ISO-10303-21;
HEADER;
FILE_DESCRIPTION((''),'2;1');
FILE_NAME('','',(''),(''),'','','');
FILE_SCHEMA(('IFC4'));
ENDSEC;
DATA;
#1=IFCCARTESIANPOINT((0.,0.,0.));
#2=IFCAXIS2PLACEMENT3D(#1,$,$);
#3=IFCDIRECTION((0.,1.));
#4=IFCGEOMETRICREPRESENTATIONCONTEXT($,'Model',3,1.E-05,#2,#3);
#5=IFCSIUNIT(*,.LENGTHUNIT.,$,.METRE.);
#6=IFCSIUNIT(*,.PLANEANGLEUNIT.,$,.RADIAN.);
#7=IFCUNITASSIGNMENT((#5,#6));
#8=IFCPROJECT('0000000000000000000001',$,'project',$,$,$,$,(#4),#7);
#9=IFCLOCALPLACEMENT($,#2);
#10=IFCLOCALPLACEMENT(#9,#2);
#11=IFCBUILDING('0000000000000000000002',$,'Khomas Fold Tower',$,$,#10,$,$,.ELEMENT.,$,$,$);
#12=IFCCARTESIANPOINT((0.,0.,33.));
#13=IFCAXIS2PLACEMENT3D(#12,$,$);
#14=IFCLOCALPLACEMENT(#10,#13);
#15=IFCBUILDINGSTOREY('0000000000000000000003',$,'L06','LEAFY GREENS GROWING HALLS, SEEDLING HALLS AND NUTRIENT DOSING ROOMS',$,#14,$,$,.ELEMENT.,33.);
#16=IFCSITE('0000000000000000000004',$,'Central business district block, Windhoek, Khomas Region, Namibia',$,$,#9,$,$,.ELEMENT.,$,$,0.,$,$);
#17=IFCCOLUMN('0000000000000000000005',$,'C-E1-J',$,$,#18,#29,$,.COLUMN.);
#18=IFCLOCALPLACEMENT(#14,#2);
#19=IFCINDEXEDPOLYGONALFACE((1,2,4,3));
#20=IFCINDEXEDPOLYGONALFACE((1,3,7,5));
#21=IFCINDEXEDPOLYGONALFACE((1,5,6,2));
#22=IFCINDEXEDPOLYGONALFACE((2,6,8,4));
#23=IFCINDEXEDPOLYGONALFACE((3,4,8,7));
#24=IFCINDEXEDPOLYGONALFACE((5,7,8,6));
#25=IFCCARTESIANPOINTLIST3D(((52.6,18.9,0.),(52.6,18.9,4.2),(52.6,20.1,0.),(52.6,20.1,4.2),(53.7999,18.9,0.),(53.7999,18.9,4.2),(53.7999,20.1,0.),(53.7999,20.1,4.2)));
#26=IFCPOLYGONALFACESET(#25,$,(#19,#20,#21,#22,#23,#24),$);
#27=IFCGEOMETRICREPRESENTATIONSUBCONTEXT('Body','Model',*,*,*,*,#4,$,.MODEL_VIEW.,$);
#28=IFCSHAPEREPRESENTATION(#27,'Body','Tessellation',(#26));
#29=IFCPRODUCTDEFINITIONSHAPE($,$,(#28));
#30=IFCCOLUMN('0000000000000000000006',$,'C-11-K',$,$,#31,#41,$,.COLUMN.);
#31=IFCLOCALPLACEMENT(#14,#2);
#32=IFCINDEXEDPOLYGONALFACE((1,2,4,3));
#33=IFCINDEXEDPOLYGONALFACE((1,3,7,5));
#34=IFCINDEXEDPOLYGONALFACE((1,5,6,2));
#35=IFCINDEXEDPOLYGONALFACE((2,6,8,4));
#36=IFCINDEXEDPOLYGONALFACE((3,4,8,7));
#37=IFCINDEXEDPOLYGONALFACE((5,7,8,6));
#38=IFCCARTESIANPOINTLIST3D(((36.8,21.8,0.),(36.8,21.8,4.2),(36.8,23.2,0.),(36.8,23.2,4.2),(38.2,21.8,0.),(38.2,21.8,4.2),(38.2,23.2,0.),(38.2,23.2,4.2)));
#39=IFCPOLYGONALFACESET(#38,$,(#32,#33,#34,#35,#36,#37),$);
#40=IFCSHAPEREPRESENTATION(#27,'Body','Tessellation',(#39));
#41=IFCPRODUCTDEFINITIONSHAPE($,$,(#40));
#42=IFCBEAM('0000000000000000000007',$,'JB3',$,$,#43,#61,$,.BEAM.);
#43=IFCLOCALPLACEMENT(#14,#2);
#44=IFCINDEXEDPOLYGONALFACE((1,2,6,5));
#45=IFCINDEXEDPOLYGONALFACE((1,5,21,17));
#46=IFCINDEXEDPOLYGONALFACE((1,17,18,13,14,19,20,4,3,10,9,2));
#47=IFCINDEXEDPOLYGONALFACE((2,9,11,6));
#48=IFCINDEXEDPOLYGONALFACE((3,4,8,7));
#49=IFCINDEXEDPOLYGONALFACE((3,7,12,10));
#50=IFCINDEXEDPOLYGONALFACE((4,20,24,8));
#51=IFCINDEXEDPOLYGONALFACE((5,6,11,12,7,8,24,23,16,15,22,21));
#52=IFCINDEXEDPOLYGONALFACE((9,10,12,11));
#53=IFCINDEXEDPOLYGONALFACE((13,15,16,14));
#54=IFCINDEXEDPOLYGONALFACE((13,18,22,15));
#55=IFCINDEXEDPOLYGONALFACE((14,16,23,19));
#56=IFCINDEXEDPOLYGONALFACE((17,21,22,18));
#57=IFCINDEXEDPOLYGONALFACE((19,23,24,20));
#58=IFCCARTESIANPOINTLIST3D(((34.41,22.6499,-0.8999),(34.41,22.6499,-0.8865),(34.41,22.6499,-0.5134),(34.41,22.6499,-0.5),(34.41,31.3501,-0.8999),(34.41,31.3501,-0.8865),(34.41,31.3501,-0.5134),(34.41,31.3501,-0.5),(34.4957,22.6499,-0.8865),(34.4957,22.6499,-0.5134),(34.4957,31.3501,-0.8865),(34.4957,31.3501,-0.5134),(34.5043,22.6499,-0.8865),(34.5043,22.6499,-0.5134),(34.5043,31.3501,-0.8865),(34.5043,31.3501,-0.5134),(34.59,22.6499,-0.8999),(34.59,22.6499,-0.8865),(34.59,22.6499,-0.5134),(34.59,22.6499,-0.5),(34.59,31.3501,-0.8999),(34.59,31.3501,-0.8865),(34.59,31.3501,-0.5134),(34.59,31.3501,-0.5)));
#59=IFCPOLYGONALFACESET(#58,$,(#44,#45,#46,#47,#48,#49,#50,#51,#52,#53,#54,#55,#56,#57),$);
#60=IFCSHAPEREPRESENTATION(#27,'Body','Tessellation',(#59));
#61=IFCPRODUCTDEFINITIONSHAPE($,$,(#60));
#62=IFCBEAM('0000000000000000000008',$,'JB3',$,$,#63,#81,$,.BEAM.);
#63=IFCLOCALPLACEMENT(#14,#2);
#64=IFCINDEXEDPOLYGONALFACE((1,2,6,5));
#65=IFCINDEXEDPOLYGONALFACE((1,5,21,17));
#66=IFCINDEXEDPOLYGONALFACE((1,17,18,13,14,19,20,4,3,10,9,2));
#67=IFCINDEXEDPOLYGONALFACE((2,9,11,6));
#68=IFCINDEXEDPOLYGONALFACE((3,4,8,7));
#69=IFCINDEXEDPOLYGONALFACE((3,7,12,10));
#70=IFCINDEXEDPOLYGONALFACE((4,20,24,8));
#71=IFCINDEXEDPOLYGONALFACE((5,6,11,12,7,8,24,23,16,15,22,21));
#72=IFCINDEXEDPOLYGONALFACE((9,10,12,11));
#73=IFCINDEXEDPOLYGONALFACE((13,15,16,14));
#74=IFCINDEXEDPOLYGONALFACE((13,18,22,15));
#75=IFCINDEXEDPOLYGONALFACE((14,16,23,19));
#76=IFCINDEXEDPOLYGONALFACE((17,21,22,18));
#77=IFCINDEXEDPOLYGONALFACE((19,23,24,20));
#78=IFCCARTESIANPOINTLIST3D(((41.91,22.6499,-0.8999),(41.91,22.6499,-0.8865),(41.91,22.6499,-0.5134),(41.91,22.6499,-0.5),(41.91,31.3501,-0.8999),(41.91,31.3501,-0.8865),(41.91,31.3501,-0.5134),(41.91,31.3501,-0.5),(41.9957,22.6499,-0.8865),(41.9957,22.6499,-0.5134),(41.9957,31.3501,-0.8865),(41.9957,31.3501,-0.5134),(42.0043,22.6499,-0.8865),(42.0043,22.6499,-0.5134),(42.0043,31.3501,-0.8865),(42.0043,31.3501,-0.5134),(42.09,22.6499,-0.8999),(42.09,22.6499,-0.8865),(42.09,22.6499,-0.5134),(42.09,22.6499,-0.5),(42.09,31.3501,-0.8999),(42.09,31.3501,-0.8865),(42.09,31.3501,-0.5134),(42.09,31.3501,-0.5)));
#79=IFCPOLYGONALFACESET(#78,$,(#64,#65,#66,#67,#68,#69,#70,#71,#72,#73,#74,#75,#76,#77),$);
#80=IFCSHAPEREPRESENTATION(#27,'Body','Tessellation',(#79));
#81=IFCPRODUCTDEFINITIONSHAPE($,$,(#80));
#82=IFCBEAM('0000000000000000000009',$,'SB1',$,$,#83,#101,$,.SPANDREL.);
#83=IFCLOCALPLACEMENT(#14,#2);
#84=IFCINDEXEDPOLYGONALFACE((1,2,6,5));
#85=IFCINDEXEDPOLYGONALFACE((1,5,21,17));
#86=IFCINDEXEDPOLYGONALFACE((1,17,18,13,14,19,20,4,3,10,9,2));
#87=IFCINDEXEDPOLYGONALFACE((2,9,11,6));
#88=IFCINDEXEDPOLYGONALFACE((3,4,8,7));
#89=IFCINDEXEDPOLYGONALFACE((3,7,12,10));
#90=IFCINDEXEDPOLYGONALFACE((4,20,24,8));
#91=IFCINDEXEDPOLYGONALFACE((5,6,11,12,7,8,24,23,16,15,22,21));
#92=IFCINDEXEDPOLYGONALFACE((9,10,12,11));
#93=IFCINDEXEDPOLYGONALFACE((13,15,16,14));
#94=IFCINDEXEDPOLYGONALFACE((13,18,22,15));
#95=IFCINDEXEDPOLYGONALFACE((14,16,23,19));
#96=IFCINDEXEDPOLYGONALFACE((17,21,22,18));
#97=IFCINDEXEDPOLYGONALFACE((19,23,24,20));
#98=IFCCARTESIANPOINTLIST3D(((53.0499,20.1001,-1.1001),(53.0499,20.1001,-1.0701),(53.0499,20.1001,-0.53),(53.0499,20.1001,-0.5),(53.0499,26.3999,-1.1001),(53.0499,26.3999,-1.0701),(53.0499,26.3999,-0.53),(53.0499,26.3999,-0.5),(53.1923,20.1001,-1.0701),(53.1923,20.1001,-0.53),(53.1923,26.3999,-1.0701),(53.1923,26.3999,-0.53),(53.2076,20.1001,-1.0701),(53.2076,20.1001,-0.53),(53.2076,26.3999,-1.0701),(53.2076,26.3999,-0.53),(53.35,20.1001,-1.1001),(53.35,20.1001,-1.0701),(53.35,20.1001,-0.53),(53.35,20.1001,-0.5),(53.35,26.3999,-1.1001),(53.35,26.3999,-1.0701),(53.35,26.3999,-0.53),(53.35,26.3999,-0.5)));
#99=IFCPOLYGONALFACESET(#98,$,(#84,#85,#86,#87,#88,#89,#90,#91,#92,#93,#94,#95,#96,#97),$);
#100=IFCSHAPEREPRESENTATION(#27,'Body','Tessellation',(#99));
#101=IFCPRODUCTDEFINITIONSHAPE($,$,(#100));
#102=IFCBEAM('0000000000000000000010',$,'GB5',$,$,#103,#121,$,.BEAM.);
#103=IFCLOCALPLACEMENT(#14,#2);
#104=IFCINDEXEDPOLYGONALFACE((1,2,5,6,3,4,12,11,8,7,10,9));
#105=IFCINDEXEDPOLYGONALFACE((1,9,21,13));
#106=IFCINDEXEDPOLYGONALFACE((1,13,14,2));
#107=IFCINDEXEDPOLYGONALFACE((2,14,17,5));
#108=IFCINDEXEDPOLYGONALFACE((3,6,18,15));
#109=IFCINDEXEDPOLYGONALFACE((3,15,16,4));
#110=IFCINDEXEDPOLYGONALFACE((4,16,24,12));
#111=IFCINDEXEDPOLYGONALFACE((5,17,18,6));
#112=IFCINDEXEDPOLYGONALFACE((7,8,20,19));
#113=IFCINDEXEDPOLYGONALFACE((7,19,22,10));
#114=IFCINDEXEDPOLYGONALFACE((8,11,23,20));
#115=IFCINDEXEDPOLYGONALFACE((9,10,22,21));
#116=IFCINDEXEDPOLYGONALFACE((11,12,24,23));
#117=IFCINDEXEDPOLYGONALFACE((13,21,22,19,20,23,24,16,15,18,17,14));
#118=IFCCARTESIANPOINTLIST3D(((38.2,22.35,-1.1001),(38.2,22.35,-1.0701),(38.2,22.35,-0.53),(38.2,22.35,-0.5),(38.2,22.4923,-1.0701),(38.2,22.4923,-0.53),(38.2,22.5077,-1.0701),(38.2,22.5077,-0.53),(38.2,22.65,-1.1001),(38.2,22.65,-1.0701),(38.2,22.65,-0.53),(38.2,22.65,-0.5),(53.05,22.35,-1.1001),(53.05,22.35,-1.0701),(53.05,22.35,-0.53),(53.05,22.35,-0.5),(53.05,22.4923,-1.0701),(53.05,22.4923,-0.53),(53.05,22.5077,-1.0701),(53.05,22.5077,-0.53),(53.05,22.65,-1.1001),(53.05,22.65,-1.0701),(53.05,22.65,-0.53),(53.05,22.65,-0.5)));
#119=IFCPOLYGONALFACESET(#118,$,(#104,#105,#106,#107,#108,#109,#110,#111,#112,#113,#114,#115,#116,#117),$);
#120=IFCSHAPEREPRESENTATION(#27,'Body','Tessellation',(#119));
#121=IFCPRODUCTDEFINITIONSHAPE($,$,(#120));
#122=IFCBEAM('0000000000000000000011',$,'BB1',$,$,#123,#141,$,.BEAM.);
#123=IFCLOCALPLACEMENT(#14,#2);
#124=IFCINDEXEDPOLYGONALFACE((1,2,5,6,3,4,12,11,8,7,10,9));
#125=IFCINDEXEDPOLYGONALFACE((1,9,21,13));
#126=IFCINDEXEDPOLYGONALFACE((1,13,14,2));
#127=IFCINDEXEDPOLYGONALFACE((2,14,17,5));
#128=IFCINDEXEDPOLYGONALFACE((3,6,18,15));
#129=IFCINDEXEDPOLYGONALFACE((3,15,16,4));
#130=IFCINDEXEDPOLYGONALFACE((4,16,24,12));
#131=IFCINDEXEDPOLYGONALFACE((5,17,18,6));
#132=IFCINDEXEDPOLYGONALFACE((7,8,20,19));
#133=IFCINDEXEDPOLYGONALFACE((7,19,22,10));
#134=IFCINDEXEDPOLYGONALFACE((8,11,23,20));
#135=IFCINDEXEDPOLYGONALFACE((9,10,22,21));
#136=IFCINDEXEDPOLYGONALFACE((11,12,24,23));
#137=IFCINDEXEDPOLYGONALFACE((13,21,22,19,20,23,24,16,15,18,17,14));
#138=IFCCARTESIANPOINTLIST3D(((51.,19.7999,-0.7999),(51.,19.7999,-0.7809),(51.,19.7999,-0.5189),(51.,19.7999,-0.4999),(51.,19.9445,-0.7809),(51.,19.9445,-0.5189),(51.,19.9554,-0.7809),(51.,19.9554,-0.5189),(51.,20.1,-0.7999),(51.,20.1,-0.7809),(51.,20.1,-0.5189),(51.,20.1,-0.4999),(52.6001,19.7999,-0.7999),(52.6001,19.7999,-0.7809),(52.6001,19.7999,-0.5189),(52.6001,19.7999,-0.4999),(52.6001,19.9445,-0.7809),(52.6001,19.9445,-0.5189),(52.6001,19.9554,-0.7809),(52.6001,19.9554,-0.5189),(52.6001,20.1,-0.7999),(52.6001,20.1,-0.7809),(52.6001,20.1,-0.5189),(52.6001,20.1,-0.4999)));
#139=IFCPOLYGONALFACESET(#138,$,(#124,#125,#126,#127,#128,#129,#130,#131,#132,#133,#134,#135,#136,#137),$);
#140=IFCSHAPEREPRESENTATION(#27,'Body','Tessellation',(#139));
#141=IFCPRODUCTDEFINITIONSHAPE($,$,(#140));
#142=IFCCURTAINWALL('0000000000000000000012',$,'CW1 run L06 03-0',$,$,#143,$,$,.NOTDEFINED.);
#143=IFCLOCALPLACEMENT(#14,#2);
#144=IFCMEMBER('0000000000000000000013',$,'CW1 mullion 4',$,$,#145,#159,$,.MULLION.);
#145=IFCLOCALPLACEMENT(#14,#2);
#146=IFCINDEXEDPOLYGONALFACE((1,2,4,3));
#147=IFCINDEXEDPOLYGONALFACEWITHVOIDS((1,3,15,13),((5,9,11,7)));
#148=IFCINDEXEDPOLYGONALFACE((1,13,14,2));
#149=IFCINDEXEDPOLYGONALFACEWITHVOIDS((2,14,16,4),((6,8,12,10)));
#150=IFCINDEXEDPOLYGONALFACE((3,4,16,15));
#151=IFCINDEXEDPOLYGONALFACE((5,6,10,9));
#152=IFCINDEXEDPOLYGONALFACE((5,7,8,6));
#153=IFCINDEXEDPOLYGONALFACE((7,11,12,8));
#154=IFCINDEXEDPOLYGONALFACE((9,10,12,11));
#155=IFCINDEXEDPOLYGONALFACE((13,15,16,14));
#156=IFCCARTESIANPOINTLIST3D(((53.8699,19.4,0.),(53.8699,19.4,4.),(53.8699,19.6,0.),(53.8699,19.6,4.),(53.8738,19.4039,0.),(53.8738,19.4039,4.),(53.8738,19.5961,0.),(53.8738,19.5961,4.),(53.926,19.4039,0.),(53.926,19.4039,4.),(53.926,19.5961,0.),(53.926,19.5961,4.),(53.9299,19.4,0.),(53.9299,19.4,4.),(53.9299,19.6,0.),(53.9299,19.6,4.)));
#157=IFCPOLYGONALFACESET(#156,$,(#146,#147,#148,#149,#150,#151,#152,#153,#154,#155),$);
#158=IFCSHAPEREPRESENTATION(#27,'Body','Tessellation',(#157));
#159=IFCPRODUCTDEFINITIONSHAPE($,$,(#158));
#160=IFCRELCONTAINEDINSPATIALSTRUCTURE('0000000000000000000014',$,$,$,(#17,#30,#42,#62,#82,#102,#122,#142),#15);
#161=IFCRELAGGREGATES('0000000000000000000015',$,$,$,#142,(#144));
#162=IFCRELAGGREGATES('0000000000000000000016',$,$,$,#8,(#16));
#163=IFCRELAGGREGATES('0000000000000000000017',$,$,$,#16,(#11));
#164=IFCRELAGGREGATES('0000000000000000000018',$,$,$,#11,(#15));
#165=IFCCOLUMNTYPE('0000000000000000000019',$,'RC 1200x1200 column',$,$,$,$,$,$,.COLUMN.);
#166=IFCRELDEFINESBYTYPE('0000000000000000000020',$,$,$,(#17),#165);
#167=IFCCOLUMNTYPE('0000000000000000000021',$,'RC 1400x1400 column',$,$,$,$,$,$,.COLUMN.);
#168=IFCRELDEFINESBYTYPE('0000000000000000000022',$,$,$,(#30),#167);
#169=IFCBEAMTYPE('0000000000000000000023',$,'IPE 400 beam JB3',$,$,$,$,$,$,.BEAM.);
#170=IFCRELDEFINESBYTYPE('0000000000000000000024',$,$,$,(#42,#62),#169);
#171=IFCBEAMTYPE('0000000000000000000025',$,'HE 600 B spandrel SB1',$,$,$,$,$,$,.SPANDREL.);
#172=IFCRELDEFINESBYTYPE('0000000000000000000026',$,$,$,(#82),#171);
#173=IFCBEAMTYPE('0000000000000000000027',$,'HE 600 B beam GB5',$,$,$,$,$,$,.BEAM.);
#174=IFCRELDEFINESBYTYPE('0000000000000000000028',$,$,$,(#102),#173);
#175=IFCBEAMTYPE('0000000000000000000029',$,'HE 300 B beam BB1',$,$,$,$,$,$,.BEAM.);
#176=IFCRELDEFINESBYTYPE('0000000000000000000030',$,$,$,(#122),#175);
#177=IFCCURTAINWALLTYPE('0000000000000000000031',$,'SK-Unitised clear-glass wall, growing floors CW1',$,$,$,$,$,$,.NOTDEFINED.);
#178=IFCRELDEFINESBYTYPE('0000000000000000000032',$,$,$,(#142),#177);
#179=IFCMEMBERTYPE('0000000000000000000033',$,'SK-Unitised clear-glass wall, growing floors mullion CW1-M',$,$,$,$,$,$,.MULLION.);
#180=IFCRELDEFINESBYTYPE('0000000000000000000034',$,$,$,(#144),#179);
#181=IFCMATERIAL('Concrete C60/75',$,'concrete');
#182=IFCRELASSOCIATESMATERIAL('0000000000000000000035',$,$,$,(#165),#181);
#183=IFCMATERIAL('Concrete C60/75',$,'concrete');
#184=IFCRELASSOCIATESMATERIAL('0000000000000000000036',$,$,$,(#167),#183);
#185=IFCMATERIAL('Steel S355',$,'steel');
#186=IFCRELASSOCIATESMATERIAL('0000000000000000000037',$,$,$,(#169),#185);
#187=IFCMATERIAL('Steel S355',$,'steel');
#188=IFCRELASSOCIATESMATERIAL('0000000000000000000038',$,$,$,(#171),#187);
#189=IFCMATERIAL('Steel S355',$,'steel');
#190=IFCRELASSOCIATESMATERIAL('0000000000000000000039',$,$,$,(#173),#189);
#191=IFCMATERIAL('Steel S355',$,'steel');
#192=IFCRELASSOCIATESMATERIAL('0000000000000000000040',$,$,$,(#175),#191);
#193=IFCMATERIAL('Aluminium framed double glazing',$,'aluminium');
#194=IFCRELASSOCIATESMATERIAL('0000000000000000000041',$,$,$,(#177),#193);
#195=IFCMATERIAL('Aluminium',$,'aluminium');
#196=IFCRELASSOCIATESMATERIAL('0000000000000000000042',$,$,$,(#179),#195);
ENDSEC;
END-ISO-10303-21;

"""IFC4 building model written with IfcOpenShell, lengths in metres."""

from ifc_helpers import new_model, si_unit, direction, frame, origin, origin_2d, place, context, subcontext, project, spatial, rectangle, hollow_rectangle, i_section, extrude, source, transform, mapped, material, material_profile, profile_set, type_object, element, aggregate, save


model = new_model("IFC4")

# Units and contexts
model_context = context("Model", 3, precision=1e-05, world=origin(), true_north=direction((0.0, 1.0)))
body_context = subcontext(model_context, "Body", "Model", "MODEL_VIEW")
ifc_project = project(units=[si_unit("LENGTHUNIT", "METRE"), si_unit("PLANEANGLEUNIT", "RADIAN")], contexts=[model_context])

# Site, building, storey
site_placement = place(None, origin())
site = spatial("IfcSite", under=ifc_project, at=site_placement, Name="Central business district block, Windhoek, Khomas Region, Namibia", CompositionType="ELEMENT", RefElevation=0.0)
building_placement = place(site_placement, origin())
building = spatial("IfcBuilding", under=site, at=building_placement, Name="Khomas Fold Tower", CompositionType="ELEMENT")
storey_placement = place(building_placement, frame((0.0, 0.0, 33.0)))
storey = spatial("IfcBuildingStorey", under=building, at=storey_placement, Name="L06", Description="LEAFY GREENS GROWING HALLS, SEEDLING HALLS AND NUTRIENT DOSING ROOMS", CompositionType="ELEMENT", Elevation=33.0)

# Columns
ifc_material_1 = material(Name="Concrete C60/75", Category="concrete")
ifc_material_profile_1 = material_profile(ifc_material_1, rectangle(XDim=1.2, YDim=1.2, at=origin_2d()), Name="RC 1200x1200")
ifc_profile_set_1 = profile_set([ifc_material_profile_1], Name="Concrete C60/75")
column_type_1 = type_object("IfcColumnType", Name="RC 1200x1200 column", PredefinedType="COLUMN", material=ifc_profile_set_1)
shared_shape_1 = source(origin(), body_context, "Body", "SweptSolid", [
    extrude(rectangle(XDim=1.2, YDim=1.2, at=origin_2d()), origin(), (0.0, 0.0, 1.0), 4.2),
])
column_1_placement = place(storey_placement, frame((53.2, 19.5, 0.0), z_axis=(0.0, 0.0, 1.0), x_axis=(1.0, 0.0, 0.0)))
element("IfcColumn", 1, at=column_1_placement, inside=storey, type_object=column_type_1, Name="C-E1-J", PredefinedType="COLUMN", context=body_context, shape_type="MappedRepresentation", body=[
    mapped(shared_shape_1, transform((0.0, 0.0, 0.0))),
])
ifc_material_2 = material(Name="Concrete C60/75", Category="concrete")
ifc_material_profile_2 = material_profile(ifc_material_2, rectangle(XDim=1.3999, YDim=1.3999, at=origin_2d()), Name="RC 1400x1400")
ifc_profile_set_2 = profile_set([ifc_material_profile_2], Name="Concrete C60/75")
column_type_2 = type_object("IfcColumnType", Name="RC 1400x1400 column", PredefinedType="COLUMN", material=ifc_profile_set_2)
shared_shape_2 = source(origin(), body_context, "Body", "SweptSolid", [
    extrude(rectangle(XDim=1.3999, YDim=1.3999, at=origin_2d()), origin(), (0.0, 0.0, 1.0), 4.2),
])
column_2_placement = place(storey_placement, frame((37.5, 22.5, 0.0), z_axis=(0.0, 0.0, 1.0), x_axis=(1.0, 0.0, 0.0)))
element("IfcColumn", 2, at=column_2_placement, inside=storey, type_object=column_type_2, Name="C-11-K", PredefinedType="COLUMN", context=body_context, shape_type="MappedRepresentation", body=[
    mapped(shared_shape_2, transform((0.0, 0.0, 0.0))),
])

# Beams
ifc_material_3 = material(Name="Steel S355", Category="steel")
ifc_material_profile_3 = material_profile(ifc_material_3, i_section(OverallWidth=0.1799, OverallDepth=0.3999, WebThickness=0.0085, FlangeThickness=0.0134, at=origin_2d()), Name="IPE 400")
ifc_profile_set_3 = profile_set([ifc_material_profile_3], Name="Steel S355")
beam_type_1 = type_object("IfcBeamType", Name="IPE 400 beam JB3", PredefinedType="BEAM", material=ifc_profile_set_3)
shared_shape_3 = source(origin(), body_context, "Body", "SweptSolid", [
    extrude(i_section(OverallWidth=0.1799, OverallDepth=0.3999, WebThickness=0.0085, FlangeThickness=0.0134, at=origin_2d()), origin(), (0.0, 0.0, 1.0), 8.7002),
])
for number, where, z_axis, x_axis, name in (
    (3, (34.5, 22.6499, -0.7), (0.0, 1.0, 0.0), (-1.0, 0.0, 0.0), "JB3"),
    (4, (42.0, 22.6499, -0.7), (0.0, 1.0, 0.0), (-1.0, 0.0, 0.0), "JB3"),
):
    element("IfcBeam", number, at=place(storey_placement, frame(where, z_axis=z_axis, x_axis=x_axis)), inside=storey, type_object=beam_type_1, Name=name, PredefinedType="BEAM", context=body_context, shape_type="MappedRepresentation", body=[
        mapped(shared_shape_3, transform((0.0, 0.0, 0.0))),
    ])
ifc_material_4 = material(Name="Steel S355", Category="steel")
ifc_material_profile_4 = material_profile(ifc_material_4, i_section(OverallWidth=0.3, OverallDepth=0.6001, WebThickness=0.0154, FlangeThickness=0.03, at=origin_2d()), Name="HE 600 B")
ifc_profile_set_4 = profile_set([ifc_material_profile_4], Name="Steel S355")
beam_type_2 = type_object("IfcBeamType", Name="HE 600 B spandrel SB1", PredefinedType="SPANDREL", material=ifc_profile_set_4)
shared_shape_4 = source(origin(), body_context, "Body", "SweptSolid", [
    extrude(i_section(OverallWidth=0.3, OverallDepth=0.6001, WebThickness=0.0154, FlangeThickness=0.03, at=origin_2d()), origin(), (0.0, 0.0, 1.0), 6.2998),
])
beam_1_placement = place(storey_placement, frame((53.2, 20.1001, -0.8), z_axis=(0.0, 1.0, 0.0), x_axis=(-1.0, 0.0, 0.0)))
element("IfcBeam", 5, at=beam_1_placement, inside=storey, type_object=beam_type_2, Name="SB1", PredefinedType="SPANDREL", context=body_context, shape_type="MappedRepresentation", body=[
    mapped(shared_shape_4, transform((0.0, 0.0, 0.0))),
])
ifc_material_5 = material(Name="Steel S355", Category="steel")
ifc_material_profile_5 = material_profile(ifc_material_5, i_section(OverallWidth=0.3, OverallDepth=0.6001, WebThickness=0.0154, FlangeThickness=0.03, at=origin_2d()), Name="HE 600 B")
ifc_profile_set_5 = profile_set([ifc_material_profile_5], Name="Steel S355")
beam_type_3 = type_object("IfcBeamType", Name="HE 600 B beam GB5", PredefinedType="BEAM", material=ifc_profile_set_5)
shared_shape_5 = source(origin(), body_context, "Body", "SweptSolid", [
    extrude(i_section(OverallWidth=0.3, OverallDepth=0.6001, WebThickness=0.0154, FlangeThickness=0.03, at=origin_2d()), origin(), (0.0, 0.0, 1.0), 14.8501),
])
beam_2_placement = place(storey_placement, frame((38.2, 22.5, -0.8), z_axis=(1.0, 0.0, 0.0), x_axis=(0.0, 1.0, 0.0)))
element("IfcBeam", 6, at=beam_2_placement, inside=storey, type_object=beam_type_3, Name="GB5", PredefinedType="BEAM", context=body_context, shape_type="MappedRepresentation", body=[
    mapped(shared_shape_5, transform((0.0, 0.0, 0.0))),
])
ifc_material_6 = material(Name="Steel S355", Category="steel")
ifc_material_profile_6 = material_profile(ifc_material_6, i_section(OverallWidth=0.3, OverallDepth=0.3, WebThickness=0.011, FlangeThickness=0.019, at=origin_2d()), Name="HE 300 B")
ifc_profile_set_6 = profile_set([ifc_material_profile_6], Name="Steel S355")
beam_type_4 = type_object("IfcBeamType", Name="HE 300 B beam BB1", PredefinedType="BEAM", material=ifc_profile_set_6)
shared_shape_6 = source(origin(), body_context, "Body", "SweptSolid", [
    extrude(i_section(OverallWidth=0.3, OverallDepth=0.3, WebThickness=0.011, FlangeThickness=0.019, at=origin_2d()), origin(), (0.0, 0.0, 1.0), 1.6001),
])
beam_3_placement = place(storey_placement, frame((51.0, 19.95, -0.6499), z_axis=(1.0, 0.0, 0.0), x_axis=(0.0, 1.0, 0.0)))
element("IfcBeam", 7, at=beam_3_placement, inside=storey, type_object=beam_type_4, Name="BB1", PredefinedType="BEAM", context=body_context, shape_type="MappedRepresentation", body=[
    mapped(shared_shape_6, transform((0.0, 0.0, 0.0))),
])

# Curtain wall, member
ifc_material_7 = material(Name="Aluminium framed double glazing", Category="aluminium")
curtain_wall_type = type_object("IfcCurtainWallType", Name="SK-Unitised clear-glass wall, growing floors CW1", PredefinedType="NOTDEFINED", material=ifc_material_7)
curtain_wall_1_placement = place(storey_placement, origin())
curtain_wall_1 = element("IfcCurtainWall", 8, at=curtain_wall_1_placement, inside=storey, type_object=curtain_wall_type, Name="CW1 run L06 03-0", PredefinedType="NOTDEFINED")
ifc_material_8 = material(Name="Aluminium", Category="aluminium")
ifc_material_profile_7 = material_profile(ifc_material_8, hollow_rectangle(XDim=0.0601, YDim=0.2, WallThickness=0.0039, at=origin_2d()), Name="SK-Unitised clear-glass wall, growing floors mullion CW1-M")
ifc_profile_set_7 = profile_set([ifc_material_profile_7], Name="Aluminium")
member_type_1 = type_object("IfcMemberType", Name="SK-Unitised clear-glass wall, growing floors mullion CW1-M", PredefinedType="MULLION", material=ifc_profile_set_7)
shared_shape_7 = source(origin(), body_context, "Body", "SweptSolid", [
    extrude(hollow_rectangle(XDim=0.0601, YDim=0.2, WallThickness=0.0039, at=origin_2d()), origin(), (0.0, 0.0, 1.0), 4.0),
])
member_1_placement = place(storey_placement, frame((53.8999, 19.5, 0.0), z_axis=(0.0, 0.0, 1.0), x_axis=(-1.0, 0.0, 0.0)))
member_1 = element("IfcMember", 9, at=member_1_placement, type_object=member_type_1, Name="CW1 mullion 4", PredefinedType="MULLION", context=body_context, shape_type="MappedRepresentation", body=[
    mapped(shared_shape_7, transform((0.0, 0.0, 0.0))),
])

aggregate(curtain_wall_1, [member_1])

save(model, "model.ifc")
